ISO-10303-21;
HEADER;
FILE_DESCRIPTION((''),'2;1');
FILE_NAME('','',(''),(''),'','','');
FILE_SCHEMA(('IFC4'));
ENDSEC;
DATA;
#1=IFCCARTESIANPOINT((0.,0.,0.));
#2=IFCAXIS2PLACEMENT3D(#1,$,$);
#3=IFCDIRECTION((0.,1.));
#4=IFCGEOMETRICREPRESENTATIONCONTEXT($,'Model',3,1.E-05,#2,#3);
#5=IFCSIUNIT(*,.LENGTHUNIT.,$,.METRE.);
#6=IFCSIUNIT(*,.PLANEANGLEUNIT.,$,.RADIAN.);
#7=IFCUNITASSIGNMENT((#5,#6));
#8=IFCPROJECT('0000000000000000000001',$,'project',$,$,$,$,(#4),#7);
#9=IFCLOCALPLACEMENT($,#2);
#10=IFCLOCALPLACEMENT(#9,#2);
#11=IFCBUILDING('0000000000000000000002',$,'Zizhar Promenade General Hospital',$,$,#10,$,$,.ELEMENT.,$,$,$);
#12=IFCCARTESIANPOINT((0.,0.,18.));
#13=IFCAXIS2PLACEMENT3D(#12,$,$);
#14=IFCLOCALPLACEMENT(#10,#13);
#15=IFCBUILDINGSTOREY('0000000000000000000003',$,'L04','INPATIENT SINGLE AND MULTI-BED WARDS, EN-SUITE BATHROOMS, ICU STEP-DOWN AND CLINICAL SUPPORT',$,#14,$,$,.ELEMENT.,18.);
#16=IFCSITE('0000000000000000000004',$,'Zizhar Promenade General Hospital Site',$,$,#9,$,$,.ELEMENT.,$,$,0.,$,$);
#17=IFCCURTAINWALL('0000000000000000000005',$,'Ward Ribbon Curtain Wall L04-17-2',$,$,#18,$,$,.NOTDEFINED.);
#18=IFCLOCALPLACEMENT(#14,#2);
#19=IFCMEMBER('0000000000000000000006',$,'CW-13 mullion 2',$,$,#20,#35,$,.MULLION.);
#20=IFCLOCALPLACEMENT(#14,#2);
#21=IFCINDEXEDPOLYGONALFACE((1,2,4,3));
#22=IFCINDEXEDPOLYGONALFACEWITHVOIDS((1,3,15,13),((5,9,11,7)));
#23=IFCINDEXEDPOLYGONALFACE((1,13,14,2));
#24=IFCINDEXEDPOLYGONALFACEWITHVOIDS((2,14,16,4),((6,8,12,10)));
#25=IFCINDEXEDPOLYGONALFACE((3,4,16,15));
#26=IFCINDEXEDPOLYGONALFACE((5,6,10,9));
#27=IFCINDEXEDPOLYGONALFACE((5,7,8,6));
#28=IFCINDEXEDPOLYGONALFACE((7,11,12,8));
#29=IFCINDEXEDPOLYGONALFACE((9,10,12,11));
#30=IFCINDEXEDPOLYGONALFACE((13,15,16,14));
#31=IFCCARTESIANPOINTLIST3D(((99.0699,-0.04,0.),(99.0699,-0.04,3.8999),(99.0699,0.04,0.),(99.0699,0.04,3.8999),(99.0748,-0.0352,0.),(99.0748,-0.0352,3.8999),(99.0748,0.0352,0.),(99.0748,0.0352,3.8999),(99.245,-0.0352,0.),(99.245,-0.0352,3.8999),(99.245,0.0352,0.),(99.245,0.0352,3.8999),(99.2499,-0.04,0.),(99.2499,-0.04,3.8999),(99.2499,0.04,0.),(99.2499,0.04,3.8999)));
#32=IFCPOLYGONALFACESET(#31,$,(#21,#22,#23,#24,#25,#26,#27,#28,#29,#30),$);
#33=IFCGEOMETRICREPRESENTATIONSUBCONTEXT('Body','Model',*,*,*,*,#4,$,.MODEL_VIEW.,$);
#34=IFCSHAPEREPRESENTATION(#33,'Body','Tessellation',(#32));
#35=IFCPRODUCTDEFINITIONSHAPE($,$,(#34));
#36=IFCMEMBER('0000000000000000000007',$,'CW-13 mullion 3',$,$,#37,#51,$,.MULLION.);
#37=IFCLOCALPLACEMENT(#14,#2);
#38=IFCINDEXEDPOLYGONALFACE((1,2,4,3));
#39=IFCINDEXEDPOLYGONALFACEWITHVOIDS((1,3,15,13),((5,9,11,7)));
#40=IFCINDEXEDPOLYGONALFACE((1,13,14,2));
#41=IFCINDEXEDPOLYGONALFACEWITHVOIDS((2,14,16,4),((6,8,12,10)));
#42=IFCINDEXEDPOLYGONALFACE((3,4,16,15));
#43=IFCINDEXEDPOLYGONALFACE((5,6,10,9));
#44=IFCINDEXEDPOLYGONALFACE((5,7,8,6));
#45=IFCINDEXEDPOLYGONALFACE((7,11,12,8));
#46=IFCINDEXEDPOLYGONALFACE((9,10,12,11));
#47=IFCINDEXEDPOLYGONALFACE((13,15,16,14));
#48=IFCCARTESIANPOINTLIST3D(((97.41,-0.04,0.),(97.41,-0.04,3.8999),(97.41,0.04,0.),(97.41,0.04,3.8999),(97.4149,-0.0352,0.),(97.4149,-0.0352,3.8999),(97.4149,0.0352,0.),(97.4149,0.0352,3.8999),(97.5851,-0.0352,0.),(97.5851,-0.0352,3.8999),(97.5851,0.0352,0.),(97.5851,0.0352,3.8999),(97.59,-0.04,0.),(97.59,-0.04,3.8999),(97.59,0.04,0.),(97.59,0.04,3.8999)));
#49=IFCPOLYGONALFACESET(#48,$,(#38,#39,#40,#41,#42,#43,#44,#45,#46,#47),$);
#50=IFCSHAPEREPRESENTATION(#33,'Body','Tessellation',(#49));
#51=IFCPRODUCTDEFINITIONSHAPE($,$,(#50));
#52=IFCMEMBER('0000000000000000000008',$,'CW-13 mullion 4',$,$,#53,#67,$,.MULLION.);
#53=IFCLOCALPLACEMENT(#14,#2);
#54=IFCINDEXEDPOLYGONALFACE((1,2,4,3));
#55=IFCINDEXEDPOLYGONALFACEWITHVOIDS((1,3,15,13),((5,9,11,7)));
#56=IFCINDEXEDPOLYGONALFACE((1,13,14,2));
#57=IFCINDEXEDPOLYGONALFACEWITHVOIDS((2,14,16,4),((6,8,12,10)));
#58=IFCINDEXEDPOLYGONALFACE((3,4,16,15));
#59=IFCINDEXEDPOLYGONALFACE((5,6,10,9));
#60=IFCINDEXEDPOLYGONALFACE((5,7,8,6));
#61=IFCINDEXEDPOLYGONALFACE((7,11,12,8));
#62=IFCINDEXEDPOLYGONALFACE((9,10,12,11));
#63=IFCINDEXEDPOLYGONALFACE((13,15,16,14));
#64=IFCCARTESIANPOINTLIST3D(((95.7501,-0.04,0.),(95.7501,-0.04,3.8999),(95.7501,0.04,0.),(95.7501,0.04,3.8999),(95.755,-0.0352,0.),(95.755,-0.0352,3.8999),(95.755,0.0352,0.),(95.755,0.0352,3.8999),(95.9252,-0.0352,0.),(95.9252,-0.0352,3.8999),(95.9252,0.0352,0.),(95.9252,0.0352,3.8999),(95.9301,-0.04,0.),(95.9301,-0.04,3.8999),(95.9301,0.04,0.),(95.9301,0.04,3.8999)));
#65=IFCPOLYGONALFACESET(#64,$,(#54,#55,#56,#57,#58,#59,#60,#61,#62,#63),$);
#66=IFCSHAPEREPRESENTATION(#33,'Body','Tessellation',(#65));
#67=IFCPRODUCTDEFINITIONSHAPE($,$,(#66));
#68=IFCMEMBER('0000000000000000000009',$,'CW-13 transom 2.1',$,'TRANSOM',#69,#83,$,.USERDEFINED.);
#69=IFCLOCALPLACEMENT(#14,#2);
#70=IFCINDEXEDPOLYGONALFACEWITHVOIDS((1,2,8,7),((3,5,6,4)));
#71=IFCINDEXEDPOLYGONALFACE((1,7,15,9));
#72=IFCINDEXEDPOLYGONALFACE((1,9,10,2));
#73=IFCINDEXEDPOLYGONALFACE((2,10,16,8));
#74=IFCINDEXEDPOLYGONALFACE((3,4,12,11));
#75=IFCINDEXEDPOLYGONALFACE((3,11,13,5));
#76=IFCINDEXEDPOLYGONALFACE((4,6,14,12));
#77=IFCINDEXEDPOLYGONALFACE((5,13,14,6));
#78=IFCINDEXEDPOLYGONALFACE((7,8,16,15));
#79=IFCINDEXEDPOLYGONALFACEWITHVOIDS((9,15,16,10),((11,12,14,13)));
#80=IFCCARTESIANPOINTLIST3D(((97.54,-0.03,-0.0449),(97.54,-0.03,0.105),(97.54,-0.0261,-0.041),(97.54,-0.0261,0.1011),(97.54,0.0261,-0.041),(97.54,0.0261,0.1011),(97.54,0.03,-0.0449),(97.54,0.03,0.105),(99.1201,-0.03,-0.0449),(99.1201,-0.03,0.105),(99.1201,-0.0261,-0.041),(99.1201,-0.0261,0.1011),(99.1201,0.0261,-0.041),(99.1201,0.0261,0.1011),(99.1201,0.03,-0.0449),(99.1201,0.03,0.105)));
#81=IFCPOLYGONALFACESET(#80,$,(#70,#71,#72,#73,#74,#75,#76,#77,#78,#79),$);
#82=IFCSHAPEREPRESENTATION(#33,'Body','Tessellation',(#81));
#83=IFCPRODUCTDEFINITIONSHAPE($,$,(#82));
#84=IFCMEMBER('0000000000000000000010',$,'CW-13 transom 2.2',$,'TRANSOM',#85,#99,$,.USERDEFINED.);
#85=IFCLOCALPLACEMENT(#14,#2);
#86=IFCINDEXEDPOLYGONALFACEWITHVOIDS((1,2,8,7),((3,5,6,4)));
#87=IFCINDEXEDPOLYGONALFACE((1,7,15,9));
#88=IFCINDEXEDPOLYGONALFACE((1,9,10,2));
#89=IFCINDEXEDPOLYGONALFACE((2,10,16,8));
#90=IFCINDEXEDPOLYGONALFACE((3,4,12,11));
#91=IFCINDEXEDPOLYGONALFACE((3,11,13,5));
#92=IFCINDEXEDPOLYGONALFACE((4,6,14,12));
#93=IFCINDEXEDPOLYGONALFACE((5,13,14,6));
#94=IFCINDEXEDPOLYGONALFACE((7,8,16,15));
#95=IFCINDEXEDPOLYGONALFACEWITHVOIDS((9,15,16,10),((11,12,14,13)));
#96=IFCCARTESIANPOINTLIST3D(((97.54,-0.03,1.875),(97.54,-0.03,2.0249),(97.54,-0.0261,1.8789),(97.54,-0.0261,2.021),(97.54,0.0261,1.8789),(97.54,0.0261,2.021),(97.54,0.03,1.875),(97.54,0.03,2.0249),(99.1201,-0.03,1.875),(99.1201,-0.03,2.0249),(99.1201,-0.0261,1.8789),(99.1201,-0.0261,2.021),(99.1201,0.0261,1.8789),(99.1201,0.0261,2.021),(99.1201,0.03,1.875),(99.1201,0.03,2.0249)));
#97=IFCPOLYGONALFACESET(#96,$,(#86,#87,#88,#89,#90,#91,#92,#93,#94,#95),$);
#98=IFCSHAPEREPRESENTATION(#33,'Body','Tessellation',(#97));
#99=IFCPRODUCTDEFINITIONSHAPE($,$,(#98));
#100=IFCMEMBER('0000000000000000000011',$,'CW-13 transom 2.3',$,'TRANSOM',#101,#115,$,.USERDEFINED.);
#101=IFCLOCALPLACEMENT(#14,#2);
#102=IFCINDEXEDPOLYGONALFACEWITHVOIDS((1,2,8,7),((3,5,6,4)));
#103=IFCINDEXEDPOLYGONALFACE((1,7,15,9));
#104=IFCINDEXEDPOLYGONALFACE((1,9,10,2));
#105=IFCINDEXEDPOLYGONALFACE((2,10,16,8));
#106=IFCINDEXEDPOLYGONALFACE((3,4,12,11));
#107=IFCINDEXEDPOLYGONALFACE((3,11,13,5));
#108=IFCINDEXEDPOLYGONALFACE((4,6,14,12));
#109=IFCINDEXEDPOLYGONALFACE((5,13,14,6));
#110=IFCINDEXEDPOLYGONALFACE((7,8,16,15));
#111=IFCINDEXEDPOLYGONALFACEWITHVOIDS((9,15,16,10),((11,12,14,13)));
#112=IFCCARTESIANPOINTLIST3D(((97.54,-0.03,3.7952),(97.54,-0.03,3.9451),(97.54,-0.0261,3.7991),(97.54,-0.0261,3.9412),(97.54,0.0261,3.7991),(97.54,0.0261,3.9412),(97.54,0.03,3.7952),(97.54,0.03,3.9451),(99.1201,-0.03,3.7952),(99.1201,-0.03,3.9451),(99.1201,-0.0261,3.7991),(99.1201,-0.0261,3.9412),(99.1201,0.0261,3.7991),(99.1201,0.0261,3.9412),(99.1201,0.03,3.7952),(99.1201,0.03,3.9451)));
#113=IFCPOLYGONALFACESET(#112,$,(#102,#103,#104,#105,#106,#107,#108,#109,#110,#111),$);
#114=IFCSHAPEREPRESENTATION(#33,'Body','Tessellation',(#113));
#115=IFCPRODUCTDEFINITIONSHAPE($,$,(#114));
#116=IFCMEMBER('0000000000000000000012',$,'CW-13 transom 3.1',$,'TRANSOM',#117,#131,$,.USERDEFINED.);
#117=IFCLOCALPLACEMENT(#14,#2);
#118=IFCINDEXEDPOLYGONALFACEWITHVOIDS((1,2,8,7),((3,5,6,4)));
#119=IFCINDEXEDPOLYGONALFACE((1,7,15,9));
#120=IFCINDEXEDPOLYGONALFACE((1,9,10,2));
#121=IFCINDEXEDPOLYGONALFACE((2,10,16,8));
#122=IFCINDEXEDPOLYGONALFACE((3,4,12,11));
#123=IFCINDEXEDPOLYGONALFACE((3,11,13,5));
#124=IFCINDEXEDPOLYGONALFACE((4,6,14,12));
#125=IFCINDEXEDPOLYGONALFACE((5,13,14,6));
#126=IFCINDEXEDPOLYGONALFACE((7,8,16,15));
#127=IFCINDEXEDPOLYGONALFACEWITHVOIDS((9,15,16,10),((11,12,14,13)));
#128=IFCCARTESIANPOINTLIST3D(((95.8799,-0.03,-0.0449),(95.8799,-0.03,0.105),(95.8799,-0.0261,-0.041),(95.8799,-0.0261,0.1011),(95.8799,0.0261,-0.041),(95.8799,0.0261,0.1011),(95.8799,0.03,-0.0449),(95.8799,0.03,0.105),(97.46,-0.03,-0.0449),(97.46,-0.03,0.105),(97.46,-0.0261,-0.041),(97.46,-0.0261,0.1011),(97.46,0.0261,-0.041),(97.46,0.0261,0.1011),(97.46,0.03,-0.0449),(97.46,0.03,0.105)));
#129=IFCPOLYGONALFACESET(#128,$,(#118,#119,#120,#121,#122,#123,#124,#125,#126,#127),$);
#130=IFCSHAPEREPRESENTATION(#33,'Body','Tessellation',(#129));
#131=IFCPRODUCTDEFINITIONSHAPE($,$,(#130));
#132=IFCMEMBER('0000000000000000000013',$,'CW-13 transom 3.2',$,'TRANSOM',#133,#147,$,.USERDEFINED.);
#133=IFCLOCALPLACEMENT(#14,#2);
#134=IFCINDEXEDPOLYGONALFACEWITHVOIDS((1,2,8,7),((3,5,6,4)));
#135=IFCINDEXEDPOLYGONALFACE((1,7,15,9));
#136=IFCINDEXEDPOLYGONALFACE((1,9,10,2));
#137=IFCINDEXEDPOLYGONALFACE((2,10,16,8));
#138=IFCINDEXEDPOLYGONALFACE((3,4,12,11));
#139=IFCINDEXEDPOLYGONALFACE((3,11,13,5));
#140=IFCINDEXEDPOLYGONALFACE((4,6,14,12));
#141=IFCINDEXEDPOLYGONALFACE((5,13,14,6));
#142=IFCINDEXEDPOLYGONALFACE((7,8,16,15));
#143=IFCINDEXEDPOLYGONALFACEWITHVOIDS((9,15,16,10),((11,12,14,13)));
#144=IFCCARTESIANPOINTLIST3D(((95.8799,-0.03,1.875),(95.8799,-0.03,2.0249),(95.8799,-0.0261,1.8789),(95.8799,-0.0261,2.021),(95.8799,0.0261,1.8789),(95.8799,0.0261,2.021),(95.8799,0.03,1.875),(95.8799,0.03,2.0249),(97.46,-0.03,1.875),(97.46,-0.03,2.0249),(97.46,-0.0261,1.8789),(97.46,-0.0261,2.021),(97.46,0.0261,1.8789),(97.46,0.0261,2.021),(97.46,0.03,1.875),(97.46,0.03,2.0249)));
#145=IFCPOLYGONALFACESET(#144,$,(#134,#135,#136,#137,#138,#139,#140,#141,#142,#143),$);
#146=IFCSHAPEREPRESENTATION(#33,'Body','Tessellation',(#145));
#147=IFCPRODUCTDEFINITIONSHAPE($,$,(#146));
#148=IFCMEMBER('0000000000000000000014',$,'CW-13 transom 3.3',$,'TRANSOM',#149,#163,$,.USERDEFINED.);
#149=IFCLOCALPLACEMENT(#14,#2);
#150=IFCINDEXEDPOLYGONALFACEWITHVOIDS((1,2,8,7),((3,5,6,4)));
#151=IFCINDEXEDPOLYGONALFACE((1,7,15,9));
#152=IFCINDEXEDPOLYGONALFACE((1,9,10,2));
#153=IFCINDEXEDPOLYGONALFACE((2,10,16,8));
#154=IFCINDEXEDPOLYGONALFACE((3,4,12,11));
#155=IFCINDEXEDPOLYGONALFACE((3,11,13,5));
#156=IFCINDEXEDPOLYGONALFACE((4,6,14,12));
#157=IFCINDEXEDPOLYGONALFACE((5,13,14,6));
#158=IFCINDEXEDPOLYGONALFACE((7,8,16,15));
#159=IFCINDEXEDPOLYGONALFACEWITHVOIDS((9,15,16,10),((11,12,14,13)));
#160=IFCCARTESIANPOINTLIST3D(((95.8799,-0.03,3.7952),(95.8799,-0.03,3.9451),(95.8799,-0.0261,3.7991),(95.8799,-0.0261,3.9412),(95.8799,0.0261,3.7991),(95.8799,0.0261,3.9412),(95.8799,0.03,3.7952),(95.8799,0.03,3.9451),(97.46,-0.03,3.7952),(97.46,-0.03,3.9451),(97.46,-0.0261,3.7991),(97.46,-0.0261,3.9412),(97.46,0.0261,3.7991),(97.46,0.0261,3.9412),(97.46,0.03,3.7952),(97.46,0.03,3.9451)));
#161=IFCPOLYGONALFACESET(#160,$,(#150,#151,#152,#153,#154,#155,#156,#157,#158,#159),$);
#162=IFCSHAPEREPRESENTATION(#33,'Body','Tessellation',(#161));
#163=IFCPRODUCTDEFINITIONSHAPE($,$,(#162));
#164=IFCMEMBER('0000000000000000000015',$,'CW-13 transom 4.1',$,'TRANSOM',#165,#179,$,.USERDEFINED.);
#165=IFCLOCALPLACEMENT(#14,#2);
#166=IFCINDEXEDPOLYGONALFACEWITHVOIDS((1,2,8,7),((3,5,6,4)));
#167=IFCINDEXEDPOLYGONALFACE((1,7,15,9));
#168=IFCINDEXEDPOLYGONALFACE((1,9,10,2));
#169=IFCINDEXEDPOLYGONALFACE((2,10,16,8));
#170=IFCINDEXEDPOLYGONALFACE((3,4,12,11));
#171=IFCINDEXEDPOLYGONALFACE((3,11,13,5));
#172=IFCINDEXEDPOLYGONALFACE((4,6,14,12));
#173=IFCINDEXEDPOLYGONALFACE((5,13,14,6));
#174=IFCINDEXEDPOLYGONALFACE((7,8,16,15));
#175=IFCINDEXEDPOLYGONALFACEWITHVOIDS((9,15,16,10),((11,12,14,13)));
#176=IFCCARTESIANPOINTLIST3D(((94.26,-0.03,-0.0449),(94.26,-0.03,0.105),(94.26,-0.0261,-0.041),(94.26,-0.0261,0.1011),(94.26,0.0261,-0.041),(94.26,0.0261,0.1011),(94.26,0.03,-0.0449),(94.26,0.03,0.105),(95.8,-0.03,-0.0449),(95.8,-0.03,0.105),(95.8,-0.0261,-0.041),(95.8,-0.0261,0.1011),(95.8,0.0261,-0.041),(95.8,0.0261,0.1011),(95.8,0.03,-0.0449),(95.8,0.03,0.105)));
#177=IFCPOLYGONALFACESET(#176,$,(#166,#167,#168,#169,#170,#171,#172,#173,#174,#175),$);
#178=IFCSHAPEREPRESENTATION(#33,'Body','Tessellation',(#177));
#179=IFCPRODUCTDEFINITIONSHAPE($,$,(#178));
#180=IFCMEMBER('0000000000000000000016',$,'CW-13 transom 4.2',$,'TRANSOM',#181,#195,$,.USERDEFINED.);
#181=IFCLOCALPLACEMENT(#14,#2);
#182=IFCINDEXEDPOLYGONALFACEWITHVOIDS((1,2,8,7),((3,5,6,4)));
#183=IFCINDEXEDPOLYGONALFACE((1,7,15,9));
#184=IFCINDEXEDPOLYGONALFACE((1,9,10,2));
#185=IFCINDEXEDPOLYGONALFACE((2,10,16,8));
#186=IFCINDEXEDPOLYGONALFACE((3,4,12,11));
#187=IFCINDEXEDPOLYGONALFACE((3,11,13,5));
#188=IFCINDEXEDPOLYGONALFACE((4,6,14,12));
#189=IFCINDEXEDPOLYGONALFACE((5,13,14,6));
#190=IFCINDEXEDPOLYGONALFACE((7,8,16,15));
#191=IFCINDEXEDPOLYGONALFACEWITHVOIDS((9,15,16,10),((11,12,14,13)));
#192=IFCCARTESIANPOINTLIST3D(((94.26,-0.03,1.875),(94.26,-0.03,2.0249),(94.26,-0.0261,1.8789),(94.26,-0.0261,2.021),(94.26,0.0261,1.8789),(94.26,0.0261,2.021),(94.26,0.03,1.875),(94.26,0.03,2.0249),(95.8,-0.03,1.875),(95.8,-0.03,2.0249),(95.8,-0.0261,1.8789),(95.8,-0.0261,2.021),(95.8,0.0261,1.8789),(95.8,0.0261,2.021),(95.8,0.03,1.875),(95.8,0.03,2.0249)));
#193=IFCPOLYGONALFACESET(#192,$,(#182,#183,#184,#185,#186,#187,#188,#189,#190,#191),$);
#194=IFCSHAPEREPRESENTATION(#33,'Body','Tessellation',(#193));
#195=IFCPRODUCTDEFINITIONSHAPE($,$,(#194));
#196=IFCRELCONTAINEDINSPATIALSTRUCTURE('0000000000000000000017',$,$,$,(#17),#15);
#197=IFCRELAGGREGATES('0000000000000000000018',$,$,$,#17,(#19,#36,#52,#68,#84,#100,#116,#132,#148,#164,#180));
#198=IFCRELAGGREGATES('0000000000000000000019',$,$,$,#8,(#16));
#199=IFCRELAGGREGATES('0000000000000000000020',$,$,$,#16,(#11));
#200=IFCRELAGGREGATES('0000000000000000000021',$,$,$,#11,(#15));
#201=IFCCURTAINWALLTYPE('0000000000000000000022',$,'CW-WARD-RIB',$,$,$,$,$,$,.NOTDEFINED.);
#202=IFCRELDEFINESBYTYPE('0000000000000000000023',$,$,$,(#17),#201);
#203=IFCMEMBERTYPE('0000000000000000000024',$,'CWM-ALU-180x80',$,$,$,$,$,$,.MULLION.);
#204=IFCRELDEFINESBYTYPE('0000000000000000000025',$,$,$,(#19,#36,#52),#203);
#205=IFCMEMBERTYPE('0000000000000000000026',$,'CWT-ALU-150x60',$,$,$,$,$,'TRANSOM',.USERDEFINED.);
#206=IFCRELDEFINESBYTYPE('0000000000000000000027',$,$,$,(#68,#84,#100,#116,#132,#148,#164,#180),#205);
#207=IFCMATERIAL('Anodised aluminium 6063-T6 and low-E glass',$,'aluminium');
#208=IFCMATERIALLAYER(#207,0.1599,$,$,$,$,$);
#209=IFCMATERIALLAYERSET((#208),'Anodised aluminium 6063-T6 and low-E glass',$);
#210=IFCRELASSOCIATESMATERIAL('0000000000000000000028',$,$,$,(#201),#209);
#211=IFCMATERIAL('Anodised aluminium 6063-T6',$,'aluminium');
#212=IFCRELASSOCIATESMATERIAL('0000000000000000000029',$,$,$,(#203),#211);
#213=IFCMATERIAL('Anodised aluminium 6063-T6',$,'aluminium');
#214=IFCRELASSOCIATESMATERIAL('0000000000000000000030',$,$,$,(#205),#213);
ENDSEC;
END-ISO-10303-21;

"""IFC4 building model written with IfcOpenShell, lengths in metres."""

from ifc_helpers import new_model, si_unit, direction, frame, origin, origin_2d, place, context, subcontext, project, spatial, hollow_rectangle, extrude, material, layer, layer_set, material_profile, profile_set, type_object, element, aggregate, save


model = new_model("IFC4")

# Units and contexts
model_context = context("Model", 3, precision=1e-05, world=origin(), true_north=direction((0.0, 1.0)))
body_context = subcontext(model_context, "Body", "Model", "MODEL_VIEW")
ifc_project = project(units=[si_unit("LENGTHUNIT", "METRE"), si_unit("PLANEANGLEUNIT", "RADIAN")], contexts=[model_context])

# Site, building, storey
site_placement = place(None, origin())
site = spatial("IfcSite", under=ifc_project, at=site_placement, Name="Zizhar Promenade General Hospital Site", CompositionType="ELEMENT", RefElevation=0.0)
building_placement = place(site_placement, origin())
building = spatial("IfcBuilding", under=site, at=building_placement, Name="Zizhar Promenade General Hospital", CompositionType="ELEMENT")
storey_placement = place(building_placement, frame((0.0, 0.0, 18.0)))
storey = spatial("IfcBuildingStorey", under=building, at=storey_placement, Name="L04", Description="INPATIENT SINGLE AND MULTI-BED WARDS, EN-SUITE BATHROOMS, ICU STEP-DOWN AND CLINICAL SUPPORT", CompositionType="ELEMENT", Elevation=18.0)

# Curtain wall, members
ifc_material_1 = material(Name="Anodised aluminium 6063-T6 and low-E glass", Category="aluminium")
ifc_layer_1 = layer(ifc_material_1, 0.1599)
ifc_layer_set_1 = layer_set([ifc_layer_1], Name="Anodised aluminium 6063-T6 and low-E glass")
curtain_wall_type = type_object("IfcCurtainWallType", Name="CW-WARD-RIB", PredefinedType="NOTDEFINED", material=ifc_layer_set_1)
curtain_wall_placement = place(storey_placement, origin())
curtain_wall = element("IfcCurtainWall", 1, at=curtain_wall_placement, inside=storey, type_object=curtain_wall_type, Name="Ward Ribbon Curtain Wall L04-17-2", PredefinedType="NOTDEFINED")
ifc_material_2 = material(Name="Anodised aluminium 6063-T6", Category="aluminium")
ifc_material_profile_1 = material_profile(ifc_material_2, hollow_rectangle(XDim=0.0801, YDim=0.1799, WallThickness=0.0049, at=origin_2d()))
ifc_profile_set_1 = profile_set([ifc_material_profile_1], Name="Anodised aluminium 6063-T6")
member_type_1 = type_object("IfcMemberType", Name="CWM-ALU-180x80", PredefinedType="MULLION", material=ifc_profile_set_1)
member_1_placement = place(storey_placement, frame((99.1599, 0.0, 0.0), z_axis=(0.0, 0.0, 1.0), x_axis=(0.0, -1.0, 0.0)))
member_1 = element("IfcMember", 2, at=member_1_placement, type_object=member_type_1, Name="CW-13 mullion 2", PredefinedType="MULLION", context=body_context, shape_type="SweptSolid", body=[
    extrude(hollow_rectangle(XDim=0.0801, YDim=0.1799, WallThickness=0.0049, at=origin_2d()), origin(), (0.0, 0.0, 1.0), 3.8999),
])
member_2_placement = place(storey_placement, frame((97.5, 0.0, 0.0), z_axis=(0.0, 0.0, 1.0), x_axis=(0.0, -1.0, 0.0)))
member_2 = element("IfcMember", 3, at=member_2_placement, type_object=member_type_1, Name="CW-13 mullion 3", PredefinedType="MULLION", context=body_context, shape_type="SweptSolid", body=[
    extrude(hollow_rectangle(XDim=0.0801, YDim=0.1799, WallThickness=0.0049, at=origin_2d()), origin(), (0.0, 0.0, 1.0), 3.8999),
])
member_3_placement = place(storey_placement, frame((95.8401, 0.0, 0.0), z_axis=(0.0, 0.0, 1.0), x_axis=(0.0, -1.0, 0.0)))
member_3 = element("IfcMember", 4, at=member_3_placement, type_object=member_type_1, Name="CW-13 mullion 4", PredefinedType="MULLION", context=body_context, shape_type="SweptSolid", body=[
    extrude(hollow_rectangle(XDim=0.0801, YDim=0.1799, WallThickness=0.0049, at=origin_2d()), origin(), (0.0, 0.0, 1.0), 3.8999),
])
ifc_material_3 = material(Name="Anodised aluminium 6063-T6", Category="aluminium")
ifc_material_profile_2 = material_profile(ifc_material_3, hollow_rectangle(XDim=0.0601, YDim=0.1499, WallThickness=0.0039, at=origin_2d()))
ifc_profile_set_2 = profile_set([ifc_material_profile_2], Name="Anodised aluminium 6063-T6")
member_type_2 = type_object("IfcMemberType", Name="CWT-ALU-150x60", ElementType="TRANSOM", PredefinedType="USERDEFINED", material=ifc_profile_set_2)
member_4_placement = place(storey_placement, frame((99.1201, 0.0, 0.03), z_axis=(-1.0, 0.0, 0.0), x_axis=(0.0, -1.0, 0.0)))
member_4 = element("IfcMember", 5, at=member_4_placement, type_object=member_type_2, Name="CW-13 transom 2.1", ObjectType="TRANSOM", PredefinedType="USERDEFINED", context=body_context, shape_type="SweptSolid", body=[
    extrude(hollow_rectangle(XDim=0.0601, YDim=0.1499, WallThickness=0.0039, at=origin_2d()), origin(), (0.0, 0.0, 1.0), 1.5801),
])
member_5_placement = place(storey_placement, frame((99.1201, 0.0, 1.95), z_axis=(-1.0, 0.0, 0.0), x_axis=(0.0, -1.0, 0.0)))
member_5 = element("IfcMember", 6, at=member_5_placement, type_object=member_type_2, Name="CW-13 transom 2.2", ObjectType="TRANSOM", PredefinedType="USERDEFINED", context=body_context, shape_type="SweptSolid", body=[
    extrude(hollow_rectangle(XDim=0.0601, YDim=0.1499, WallThickness=0.0039, at=origin_2d()), origin(), (0.0, 0.0, 1.0), 1.5801),
])
member_6_placement = place(storey_placement, frame((99.1201, 0.0, 3.8701), z_axis=(-1.0, 0.0, 0.0), x_axis=(0.0, -1.0, 0.0)))
member_6 = element("IfcMember", 7, at=member_6_placement, type_object=member_type_2, Name="CW-13 transom 2.3", ObjectType="TRANSOM", PredefinedType="USERDEFINED", context=body_context, shape_type="SweptSolid", body=[
    extrude(hollow_rectangle(XDim=0.0601, YDim=0.1499, WallThickness=0.0039, at=origin_2d()), origin(), (0.0, 0.0, 1.0), 1.5801),
])
member_7_placement = place(storey_placement, frame((97.46, 0.0, 0.03), z_axis=(-1.0, 0.0, 0.0), x_axis=(0.0, -1.0, 0.0)))
member_7 = element("IfcMember", 8, at=member_7_placement, type_object=member_type_2, Name="CW-13 transom 3.1", ObjectType="TRANSOM", PredefinedType="USERDEFINED", context=body_context, shape_type="SweptSolid", body=[
    extrude(hollow_rectangle(XDim=0.0601, YDim=0.1499, WallThickness=0.0039, at=origin_2d()), origin(), (0.0, 0.0, 1.0), 1.5801),
])
member_8_placement = place(storey_placement, frame((97.46, 0.0, 1.95), z_axis=(-1.0, 0.0, 0.0), x_axis=(0.0, -1.0, 0.0)))
member_8 = element("IfcMember", 9, at=member_8_placement, type_object=member_type_2, Name="CW-13 transom 3.2", ObjectType="TRANSOM", PredefinedType="USERDEFINED", context=body_context, shape_type="SweptSolid", body=[
    extrude(hollow_rectangle(XDim=0.0601, YDim=0.1499, WallThickness=0.0039, at=origin_2d()), origin(), (0.0, 0.0, 1.0), 1.5801),
])
member_9_placement = place(storey_placement, frame((97.46, 0.0, 3.8701), z_axis=(-1.0, 0.0, 0.0), x_axis=(0.0, -1.0, 0.0)))
member_9 = element("IfcMember", 10, at=member_9_placement, type_object=member_type_2, Name="CW-13 transom 3.3", ObjectType="TRANSOM", PredefinedType="USERDEFINED", context=body_context, shape_type="SweptSolid", body=[
    extrude(hollow_rectangle(XDim=0.0601, YDim=0.1499, WallThickness=0.0039, at=origin_2d()), origin(), (0.0, 0.0, 1.0), 1.5801),
])
member_10_placement = place(storey_placement, frame((95.8, 0.0, 0.03), z_axis=(-1.0, 0.0, 0.0), x_axis=(0.0, -1.0, 0.0)))
member_10 = element("IfcMember", 11, at=member_10_placement, type_object=member_type_2, Name="CW-13 transom 4.1", ObjectType="TRANSOM", PredefinedType="USERDEFINED", context=body_context, shape_type="SweptSolid", body=[
    extrude(hollow_rectangle(XDim=0.0601, YDim=0.1499, WallThickness=0.0039, at=origin_2d()), origin(), (0.0, 0.0, 1.0), 1.54),
])
member_11_placement = place(storey_placement, frame((95.8, 0.0, 1.95), z_axis=(-1.0, 0.0, 0.0), x_axis=(0.0, -1.0, 0.0)))
member_11 = element("IfcMember", 12, at=member_11_placement, type_object=member_type_2, Name="CW-13 transom 4.2", ObjectType="TRANSOM", PredefinedType="USERDEFINED", context=body_context, shape_type="SweptSolid", body=[
    extrude(hollow_rectangle(XDim=0.0601, YDim=0.1499, WallThickness=0.0039, at=origin_2d()), origin(), (0.0, 0.0, 1.0), 1.54),
])
aggregate(curtain_wall, [member_1, member_2, member_3, member_4, member_5, member_6, member_7, member_8, member_9, member_10, member_11])

save(model, "model.ifc")
